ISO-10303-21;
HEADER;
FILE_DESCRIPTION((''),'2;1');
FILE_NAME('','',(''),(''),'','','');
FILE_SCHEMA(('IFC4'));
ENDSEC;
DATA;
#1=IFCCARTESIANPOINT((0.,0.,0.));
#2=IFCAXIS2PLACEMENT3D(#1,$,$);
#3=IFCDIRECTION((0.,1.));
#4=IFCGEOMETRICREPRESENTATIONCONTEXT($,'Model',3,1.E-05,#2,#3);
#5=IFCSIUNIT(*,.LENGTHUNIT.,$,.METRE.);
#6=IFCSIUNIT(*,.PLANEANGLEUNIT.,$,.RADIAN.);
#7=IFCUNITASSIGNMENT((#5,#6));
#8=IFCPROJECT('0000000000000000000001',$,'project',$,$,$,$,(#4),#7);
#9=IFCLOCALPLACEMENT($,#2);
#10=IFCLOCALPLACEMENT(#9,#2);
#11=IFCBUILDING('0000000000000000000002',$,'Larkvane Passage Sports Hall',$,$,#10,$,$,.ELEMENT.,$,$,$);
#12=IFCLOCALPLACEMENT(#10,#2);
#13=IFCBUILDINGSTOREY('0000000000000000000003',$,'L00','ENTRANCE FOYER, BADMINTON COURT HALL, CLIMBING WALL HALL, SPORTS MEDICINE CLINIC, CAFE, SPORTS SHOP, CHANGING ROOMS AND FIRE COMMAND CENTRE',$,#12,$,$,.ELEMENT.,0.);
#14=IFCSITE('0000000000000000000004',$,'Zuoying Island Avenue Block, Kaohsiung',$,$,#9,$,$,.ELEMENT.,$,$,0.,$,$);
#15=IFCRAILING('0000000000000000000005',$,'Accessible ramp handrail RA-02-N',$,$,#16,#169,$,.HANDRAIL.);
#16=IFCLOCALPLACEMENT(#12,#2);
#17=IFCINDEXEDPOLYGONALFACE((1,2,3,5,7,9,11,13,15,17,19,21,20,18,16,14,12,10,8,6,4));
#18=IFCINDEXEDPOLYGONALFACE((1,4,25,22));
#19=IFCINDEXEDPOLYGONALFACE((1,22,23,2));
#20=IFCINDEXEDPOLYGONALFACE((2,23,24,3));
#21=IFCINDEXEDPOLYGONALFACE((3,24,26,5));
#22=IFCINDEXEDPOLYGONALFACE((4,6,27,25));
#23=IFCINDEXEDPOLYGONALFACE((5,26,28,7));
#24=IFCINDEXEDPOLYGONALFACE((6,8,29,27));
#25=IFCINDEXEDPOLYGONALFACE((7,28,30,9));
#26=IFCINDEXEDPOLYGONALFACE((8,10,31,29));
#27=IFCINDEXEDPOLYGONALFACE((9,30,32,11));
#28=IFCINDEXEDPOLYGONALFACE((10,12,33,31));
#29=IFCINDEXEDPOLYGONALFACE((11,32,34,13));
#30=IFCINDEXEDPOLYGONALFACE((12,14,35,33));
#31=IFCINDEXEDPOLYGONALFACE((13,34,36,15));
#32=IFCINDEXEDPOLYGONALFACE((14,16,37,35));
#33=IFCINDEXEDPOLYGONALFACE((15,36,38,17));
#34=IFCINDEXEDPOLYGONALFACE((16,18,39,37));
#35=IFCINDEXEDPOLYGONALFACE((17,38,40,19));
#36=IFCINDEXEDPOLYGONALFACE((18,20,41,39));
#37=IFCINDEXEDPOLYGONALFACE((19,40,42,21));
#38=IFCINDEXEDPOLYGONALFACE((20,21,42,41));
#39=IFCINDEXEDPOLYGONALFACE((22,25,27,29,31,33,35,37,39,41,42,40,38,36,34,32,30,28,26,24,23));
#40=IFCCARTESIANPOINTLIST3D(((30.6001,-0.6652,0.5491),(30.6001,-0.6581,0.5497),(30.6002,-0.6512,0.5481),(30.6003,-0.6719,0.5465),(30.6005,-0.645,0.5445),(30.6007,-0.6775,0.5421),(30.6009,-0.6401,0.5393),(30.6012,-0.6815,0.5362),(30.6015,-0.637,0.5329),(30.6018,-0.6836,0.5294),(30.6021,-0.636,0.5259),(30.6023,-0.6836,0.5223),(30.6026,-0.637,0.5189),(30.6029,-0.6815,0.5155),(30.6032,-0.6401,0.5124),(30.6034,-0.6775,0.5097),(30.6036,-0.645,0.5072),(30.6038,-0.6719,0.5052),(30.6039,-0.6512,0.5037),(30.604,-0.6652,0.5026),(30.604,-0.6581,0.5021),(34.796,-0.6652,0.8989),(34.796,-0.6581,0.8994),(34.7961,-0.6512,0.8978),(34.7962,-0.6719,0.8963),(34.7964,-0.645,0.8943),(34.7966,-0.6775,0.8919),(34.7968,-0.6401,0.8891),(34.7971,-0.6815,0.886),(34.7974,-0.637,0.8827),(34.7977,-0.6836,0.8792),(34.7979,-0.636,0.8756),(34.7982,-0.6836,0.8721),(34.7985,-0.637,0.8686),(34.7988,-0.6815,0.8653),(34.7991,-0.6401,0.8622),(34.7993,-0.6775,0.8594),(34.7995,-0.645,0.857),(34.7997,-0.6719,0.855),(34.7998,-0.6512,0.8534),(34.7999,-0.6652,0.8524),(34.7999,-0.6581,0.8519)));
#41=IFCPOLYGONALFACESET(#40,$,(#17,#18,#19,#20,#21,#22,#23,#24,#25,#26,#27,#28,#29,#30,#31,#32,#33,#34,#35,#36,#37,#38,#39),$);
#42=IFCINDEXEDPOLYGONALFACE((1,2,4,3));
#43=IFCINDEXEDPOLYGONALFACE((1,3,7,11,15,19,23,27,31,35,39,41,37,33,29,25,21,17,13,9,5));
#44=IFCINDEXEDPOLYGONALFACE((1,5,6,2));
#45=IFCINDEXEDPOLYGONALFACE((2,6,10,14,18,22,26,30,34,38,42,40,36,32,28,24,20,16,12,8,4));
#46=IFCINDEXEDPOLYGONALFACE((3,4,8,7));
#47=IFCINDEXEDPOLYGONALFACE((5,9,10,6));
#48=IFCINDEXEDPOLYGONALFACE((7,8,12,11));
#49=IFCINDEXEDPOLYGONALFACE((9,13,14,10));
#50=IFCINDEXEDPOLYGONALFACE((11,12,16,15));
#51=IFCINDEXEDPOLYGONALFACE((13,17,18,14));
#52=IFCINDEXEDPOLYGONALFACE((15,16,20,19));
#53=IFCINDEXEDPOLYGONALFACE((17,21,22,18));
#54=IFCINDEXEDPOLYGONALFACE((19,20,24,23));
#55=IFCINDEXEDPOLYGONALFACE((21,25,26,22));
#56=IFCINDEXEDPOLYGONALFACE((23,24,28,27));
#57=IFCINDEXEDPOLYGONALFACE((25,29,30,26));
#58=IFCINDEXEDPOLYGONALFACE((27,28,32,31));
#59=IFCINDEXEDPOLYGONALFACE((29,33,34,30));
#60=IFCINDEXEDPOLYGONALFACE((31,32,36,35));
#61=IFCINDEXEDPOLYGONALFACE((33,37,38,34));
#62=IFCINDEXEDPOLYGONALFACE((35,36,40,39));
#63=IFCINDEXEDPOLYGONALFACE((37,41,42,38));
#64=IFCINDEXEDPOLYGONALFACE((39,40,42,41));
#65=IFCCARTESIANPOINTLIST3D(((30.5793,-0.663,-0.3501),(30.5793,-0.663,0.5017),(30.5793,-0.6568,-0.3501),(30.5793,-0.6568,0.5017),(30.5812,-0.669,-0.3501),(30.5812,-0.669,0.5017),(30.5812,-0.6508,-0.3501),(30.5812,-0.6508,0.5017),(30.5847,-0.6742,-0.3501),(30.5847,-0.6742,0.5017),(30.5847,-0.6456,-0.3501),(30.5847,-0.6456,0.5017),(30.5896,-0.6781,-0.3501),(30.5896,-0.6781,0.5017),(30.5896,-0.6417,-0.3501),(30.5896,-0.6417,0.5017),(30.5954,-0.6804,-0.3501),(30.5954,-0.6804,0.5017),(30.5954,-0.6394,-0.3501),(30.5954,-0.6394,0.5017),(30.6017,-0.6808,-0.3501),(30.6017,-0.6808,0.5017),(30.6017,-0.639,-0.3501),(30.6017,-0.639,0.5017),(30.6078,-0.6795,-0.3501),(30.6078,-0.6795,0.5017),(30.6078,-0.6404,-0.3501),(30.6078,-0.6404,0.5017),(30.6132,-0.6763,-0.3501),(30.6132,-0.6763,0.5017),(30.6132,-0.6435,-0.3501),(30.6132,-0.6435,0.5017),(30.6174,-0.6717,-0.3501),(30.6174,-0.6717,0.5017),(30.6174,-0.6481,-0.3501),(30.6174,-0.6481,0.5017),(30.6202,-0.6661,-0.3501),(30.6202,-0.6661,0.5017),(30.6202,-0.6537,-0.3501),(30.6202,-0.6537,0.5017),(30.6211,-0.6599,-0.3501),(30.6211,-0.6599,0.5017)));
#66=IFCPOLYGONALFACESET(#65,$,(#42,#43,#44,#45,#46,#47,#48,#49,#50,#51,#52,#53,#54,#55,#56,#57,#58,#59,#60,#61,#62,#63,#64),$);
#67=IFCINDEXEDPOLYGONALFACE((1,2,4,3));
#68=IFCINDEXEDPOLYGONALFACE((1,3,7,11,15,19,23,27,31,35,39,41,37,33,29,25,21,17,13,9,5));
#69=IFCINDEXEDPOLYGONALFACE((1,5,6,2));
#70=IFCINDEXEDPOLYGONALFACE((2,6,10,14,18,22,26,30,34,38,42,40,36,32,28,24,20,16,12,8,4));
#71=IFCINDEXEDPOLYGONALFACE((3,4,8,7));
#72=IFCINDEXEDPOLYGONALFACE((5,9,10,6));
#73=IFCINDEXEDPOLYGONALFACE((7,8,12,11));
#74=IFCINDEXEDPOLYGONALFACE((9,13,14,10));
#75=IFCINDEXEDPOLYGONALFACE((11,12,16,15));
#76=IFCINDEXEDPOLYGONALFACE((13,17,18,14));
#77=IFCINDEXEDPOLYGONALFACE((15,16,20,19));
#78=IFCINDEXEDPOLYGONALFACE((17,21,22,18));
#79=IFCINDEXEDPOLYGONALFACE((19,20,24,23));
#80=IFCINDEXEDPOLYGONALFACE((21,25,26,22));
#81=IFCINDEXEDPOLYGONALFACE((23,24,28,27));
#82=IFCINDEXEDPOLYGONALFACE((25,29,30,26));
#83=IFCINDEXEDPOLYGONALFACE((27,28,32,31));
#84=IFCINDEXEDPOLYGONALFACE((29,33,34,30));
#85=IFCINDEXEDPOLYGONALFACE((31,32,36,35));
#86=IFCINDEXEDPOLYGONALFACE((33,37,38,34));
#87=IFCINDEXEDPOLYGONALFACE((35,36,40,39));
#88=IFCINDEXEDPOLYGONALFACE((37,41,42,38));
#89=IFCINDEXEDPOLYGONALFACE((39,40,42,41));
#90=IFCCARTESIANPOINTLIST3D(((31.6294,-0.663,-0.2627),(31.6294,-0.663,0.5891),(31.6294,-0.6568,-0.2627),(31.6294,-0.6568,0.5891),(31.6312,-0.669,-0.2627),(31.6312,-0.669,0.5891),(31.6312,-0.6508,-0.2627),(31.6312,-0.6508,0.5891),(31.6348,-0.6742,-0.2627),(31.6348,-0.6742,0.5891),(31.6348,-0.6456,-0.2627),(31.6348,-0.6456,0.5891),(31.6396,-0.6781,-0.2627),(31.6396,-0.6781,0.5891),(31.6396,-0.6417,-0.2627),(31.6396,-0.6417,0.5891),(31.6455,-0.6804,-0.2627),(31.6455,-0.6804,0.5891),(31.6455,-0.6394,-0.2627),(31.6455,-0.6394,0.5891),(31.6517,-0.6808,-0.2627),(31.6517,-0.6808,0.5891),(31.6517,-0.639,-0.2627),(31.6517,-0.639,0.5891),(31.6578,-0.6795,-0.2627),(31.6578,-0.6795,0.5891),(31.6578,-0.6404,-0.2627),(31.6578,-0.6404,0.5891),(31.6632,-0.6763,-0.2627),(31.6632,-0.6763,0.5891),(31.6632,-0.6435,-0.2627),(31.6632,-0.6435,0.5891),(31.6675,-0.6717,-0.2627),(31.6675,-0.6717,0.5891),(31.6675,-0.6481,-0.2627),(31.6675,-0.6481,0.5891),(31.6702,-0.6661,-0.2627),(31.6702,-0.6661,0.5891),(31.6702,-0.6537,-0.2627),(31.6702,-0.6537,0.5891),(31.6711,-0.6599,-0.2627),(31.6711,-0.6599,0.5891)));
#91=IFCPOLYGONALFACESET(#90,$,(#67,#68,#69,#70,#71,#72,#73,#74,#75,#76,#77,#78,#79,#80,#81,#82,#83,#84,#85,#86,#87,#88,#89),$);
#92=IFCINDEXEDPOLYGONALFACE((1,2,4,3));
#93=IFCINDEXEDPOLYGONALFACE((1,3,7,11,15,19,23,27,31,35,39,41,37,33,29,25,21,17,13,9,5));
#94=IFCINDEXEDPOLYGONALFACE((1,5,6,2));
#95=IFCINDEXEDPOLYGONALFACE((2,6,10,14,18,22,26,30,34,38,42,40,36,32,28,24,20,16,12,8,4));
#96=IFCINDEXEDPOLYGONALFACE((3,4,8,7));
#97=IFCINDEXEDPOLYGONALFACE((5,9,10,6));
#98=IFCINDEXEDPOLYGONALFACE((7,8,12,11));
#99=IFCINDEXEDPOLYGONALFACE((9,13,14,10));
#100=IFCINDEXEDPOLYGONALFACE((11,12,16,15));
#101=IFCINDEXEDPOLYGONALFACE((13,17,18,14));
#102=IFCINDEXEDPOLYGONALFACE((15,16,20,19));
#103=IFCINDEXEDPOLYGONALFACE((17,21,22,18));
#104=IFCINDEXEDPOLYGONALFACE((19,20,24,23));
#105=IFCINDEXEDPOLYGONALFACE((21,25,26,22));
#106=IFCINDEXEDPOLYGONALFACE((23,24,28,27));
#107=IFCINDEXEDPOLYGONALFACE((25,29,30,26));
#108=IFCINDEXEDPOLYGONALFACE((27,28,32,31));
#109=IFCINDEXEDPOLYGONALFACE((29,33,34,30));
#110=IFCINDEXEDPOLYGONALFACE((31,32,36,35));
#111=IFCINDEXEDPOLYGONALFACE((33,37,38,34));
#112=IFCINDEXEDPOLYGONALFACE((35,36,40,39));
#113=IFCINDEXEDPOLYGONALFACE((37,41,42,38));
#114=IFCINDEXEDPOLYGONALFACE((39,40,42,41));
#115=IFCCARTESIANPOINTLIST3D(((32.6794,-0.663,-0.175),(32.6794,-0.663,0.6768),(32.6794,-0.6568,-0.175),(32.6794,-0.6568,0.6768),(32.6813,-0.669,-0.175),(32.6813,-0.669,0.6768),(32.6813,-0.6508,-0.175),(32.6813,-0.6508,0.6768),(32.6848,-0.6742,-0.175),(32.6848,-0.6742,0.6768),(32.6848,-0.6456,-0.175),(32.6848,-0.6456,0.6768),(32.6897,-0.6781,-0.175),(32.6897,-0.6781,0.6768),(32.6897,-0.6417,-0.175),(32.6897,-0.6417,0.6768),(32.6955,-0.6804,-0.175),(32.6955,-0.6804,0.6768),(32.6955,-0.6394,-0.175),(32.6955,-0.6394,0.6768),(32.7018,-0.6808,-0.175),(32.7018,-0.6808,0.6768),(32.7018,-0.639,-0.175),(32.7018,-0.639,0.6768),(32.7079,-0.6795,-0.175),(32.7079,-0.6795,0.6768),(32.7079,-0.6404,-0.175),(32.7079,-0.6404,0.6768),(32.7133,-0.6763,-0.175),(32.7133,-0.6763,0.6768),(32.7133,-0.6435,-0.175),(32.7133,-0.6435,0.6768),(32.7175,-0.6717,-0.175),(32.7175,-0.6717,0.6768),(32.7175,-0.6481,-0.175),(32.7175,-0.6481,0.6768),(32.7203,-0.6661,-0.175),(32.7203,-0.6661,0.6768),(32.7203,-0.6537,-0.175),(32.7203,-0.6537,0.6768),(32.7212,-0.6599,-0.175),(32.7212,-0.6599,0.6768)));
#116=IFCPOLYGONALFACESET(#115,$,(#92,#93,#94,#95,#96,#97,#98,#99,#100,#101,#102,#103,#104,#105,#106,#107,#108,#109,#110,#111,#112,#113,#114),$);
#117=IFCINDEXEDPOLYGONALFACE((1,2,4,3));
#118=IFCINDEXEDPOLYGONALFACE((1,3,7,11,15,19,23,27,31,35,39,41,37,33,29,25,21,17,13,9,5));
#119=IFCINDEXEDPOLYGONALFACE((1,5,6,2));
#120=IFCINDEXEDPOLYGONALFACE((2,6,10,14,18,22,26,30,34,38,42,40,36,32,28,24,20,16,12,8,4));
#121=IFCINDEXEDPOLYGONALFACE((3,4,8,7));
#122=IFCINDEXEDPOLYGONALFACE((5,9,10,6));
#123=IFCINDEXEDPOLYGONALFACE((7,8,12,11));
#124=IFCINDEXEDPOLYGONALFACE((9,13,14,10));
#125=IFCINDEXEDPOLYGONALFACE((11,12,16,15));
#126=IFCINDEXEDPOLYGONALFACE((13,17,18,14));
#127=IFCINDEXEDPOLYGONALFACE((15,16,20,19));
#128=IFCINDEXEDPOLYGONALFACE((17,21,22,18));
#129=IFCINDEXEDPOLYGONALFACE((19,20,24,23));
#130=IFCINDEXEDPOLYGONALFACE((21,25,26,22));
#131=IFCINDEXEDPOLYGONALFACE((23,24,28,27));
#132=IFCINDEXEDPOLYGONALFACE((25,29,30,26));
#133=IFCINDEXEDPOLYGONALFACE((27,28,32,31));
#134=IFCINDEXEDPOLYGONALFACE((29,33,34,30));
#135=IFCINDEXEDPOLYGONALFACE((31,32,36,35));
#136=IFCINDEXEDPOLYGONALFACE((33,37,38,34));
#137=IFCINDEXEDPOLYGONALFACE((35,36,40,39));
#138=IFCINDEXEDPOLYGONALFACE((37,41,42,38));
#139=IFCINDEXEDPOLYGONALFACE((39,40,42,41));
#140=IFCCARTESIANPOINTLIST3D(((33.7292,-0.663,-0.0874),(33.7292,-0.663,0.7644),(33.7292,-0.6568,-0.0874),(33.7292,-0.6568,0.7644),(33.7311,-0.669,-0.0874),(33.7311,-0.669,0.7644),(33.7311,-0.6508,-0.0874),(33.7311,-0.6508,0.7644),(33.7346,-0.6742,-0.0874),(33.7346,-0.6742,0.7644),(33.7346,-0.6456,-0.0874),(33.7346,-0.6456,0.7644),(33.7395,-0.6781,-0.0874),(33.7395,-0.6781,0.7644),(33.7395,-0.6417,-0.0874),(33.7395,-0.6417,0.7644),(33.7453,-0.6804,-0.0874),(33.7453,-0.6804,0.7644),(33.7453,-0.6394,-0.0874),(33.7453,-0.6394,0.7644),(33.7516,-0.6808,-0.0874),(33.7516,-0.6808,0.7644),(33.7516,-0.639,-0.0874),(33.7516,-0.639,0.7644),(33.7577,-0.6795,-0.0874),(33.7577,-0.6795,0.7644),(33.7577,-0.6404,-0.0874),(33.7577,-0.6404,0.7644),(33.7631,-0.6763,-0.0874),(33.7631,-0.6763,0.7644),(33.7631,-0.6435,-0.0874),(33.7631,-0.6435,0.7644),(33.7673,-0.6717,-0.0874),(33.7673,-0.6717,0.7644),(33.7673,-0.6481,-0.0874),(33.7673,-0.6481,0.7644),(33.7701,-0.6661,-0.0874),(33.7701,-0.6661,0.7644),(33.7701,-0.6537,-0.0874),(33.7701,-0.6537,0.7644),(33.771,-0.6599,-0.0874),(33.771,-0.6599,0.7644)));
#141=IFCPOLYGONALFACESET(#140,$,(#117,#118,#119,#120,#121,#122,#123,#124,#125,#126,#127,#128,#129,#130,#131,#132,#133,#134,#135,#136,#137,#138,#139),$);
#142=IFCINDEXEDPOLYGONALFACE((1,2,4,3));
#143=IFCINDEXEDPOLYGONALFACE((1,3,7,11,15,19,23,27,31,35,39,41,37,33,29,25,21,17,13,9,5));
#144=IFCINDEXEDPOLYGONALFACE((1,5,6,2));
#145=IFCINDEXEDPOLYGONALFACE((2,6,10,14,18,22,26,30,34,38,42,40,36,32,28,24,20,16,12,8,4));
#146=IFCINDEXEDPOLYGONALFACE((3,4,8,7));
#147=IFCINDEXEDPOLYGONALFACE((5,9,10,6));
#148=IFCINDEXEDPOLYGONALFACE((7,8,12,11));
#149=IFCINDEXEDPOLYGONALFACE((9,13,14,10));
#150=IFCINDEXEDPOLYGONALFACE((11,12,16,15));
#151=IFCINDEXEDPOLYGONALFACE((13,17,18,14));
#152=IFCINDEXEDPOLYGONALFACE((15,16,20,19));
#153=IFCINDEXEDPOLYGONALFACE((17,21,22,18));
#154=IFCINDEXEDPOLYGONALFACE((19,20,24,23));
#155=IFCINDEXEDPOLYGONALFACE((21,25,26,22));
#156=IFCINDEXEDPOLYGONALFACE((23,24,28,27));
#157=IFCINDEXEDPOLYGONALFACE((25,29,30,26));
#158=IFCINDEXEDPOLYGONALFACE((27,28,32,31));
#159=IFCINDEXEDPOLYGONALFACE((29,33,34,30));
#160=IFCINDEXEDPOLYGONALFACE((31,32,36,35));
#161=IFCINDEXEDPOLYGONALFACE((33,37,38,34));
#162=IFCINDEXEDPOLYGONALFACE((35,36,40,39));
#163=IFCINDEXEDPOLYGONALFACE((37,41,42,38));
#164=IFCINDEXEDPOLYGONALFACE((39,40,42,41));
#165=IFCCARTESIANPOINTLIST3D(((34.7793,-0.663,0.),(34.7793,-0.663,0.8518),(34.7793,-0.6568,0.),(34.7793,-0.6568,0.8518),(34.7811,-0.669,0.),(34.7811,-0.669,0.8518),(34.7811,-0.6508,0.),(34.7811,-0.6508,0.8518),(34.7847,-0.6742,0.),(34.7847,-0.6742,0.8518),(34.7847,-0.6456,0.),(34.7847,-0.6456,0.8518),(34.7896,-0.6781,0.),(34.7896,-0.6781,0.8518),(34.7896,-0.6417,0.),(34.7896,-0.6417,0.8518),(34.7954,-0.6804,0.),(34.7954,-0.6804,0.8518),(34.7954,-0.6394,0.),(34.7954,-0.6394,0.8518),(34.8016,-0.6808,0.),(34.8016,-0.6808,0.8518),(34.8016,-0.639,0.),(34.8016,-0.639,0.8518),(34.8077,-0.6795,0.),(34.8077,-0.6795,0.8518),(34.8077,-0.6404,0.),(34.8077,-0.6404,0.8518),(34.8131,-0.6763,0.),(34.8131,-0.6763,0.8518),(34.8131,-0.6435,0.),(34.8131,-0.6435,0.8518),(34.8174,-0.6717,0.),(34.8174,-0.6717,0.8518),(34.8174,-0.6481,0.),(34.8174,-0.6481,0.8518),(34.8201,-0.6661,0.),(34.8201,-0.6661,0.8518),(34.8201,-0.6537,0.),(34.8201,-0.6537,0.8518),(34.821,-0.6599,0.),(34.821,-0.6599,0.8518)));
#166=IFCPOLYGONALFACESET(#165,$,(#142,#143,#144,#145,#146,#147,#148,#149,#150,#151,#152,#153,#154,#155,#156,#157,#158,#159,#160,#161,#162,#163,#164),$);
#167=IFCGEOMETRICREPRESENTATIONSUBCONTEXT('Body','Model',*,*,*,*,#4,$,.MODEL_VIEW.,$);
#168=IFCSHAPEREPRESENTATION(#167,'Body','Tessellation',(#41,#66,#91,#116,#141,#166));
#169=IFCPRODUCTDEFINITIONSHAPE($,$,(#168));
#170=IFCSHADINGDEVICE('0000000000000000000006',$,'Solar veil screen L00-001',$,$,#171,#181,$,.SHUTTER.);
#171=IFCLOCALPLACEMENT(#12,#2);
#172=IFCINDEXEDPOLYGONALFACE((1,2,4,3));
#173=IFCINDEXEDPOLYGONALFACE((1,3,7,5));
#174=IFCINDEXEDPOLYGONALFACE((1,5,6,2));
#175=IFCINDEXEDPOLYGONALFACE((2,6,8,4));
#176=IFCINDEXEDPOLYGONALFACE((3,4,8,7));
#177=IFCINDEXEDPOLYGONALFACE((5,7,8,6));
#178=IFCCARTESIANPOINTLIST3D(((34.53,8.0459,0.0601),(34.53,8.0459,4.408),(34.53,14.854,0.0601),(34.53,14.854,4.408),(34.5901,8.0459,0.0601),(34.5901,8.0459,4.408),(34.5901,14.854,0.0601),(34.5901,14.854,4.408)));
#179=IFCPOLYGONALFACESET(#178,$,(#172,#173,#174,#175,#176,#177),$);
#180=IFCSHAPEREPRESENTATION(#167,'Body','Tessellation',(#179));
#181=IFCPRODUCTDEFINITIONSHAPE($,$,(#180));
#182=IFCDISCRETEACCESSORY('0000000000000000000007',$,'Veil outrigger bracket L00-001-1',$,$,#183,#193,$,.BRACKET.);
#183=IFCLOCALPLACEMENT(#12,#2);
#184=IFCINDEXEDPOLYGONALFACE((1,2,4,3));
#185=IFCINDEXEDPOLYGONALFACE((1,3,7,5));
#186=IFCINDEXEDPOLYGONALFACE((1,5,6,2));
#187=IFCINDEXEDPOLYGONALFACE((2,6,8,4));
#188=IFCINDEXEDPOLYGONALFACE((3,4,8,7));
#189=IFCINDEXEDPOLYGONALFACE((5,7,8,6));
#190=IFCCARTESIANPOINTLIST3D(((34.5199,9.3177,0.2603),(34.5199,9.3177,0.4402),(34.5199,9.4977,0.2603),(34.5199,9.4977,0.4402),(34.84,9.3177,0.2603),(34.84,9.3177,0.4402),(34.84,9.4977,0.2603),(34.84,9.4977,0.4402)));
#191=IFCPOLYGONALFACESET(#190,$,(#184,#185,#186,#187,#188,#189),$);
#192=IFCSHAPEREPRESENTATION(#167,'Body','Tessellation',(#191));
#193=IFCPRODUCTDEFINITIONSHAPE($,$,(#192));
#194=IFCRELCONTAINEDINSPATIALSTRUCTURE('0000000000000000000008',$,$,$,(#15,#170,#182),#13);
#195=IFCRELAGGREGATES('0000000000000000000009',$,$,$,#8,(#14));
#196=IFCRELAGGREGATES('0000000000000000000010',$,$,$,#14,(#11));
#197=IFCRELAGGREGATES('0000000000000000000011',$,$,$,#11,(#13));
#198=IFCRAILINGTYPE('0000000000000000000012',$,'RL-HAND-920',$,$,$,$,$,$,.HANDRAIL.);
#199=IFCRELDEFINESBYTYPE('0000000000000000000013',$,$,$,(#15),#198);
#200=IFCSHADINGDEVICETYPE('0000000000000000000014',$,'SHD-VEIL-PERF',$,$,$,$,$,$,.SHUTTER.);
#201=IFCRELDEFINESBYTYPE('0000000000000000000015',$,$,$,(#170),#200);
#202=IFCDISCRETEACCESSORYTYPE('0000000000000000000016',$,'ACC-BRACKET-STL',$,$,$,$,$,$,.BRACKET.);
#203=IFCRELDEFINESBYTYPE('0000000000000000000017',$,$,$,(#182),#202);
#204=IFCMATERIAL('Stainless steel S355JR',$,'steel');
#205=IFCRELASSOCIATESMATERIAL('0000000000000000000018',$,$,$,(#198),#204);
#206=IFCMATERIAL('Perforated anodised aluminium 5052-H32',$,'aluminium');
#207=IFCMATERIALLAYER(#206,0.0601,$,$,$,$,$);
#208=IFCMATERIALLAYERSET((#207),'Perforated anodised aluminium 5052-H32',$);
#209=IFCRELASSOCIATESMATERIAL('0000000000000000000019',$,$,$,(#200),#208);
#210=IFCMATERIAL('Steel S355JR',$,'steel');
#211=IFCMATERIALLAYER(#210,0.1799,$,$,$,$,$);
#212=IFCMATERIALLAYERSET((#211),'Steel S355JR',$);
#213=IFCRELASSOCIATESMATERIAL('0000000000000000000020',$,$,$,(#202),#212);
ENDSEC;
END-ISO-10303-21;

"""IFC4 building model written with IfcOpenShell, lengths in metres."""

from ifc_helpers import new_model, si_unit, direction, frame, origin, origin_2d, place, context, subcontext, project, spatial, rectangle, circle, extrude, material, layer, layer_set, type_object, element, save


model = new_model("IFC4")

# Units and contexts
model_context = context("Model", 3, precision=1e-05, world=origin(), true_north=direction((0.0, 1.0)))
body_context = subcontext(model_context, "Body", "Model", "MODEL_VIEW")
ifc_project = project(units=[si_unit("LENGTHUNIT", "METRE"), si_unit("PLANEANGLEUNIT", "RADIAN")], contexts=[model_context])

# Site, building, storey
site_placement = place(None, origin())
site = spatial("IfcSite", under=ifc_project, at=site_placement, Name="Zuoying Island Avenue Block, Kaohsiung", CompositionType="ELEMENT", RefElevation=0.0)
building_placement = place(site_placement, origin())
building = spatial("IfcBuilding", under=site, at=building_placement, Name="Larkvane Passage Sports Hall", CompositionType="ELEMENT")
storey_placement = place(building_placement, origin())
storey = spatial("IfcBuildingStorey", under=building, at=storey_placement, Name="L00", Description="ENTRANCE FOYER, BADMINTON COURT HALL, CLIMBING WALL HALL, SPORTS MEDICINE CLINIC, CAFE, SPORTS SHOP, CHANGING ROOMS AND FIRE COMMAND CENTRE", CompositionType="ELEMENT", Elevation=0.0)

# Railing
ifc_material_1 = material(Name="Stainless steel S355JR", Category="steel")
railing_type = type_object("IfcRailingType", Name="RL-HAND-920", PredefinedType="HANDRAIL", material=ifc_material_1)
for number, where, name in (
    (1, (30.6001, -0.6599, -0.3501), "Accessible ramp handrail RA-02-N"),
):
    element("IfcRailing", number, at=place(storey_placement, frame(where)), inside=storey, type_object=railing_type, Name=name, PredefinedType="HANDRAIL", context=body_context, shape_type="SweptSolid", body=[
        extrude(circle(Radius=0.0239, at=origin_2d()), frame((0.002, 0.0, 0.876), z_axis=(0.996544, 0.0, 0.083069), x_axis=(0.0, 1.0, 0.0)), (0.0, 0.0, 1.0), 4.2104),
        extrude(circle(Radius=0.021, at=origin_2d()), origin(), (0.0, 0.0, 1.0), 0.8518),
        extrude(circle(Radius=0.021, at=origin_2d()), frame((1.05, 0.0, 0.0874)), (0.0, 0.0, 1.0), 0.8518),
        extrude(circle(Radius=0.021, at=origin_2d()), frame((2.1001, 0.0, 0.175)), (0.0, 0.0, 1.0), 0.8518),
        extrude(circle(Radius=0.021, at=origin_2d()), frame((3.1499, 0.0, 0.2627)), (0.0, 0.0, 1.0), 0.8518),
        extrude(circle(Radius=0.021, at=origin_2d()), frame((4.2, 0.0, 0.3501)), (0.0, 0.0, 1.0), 0.8518),
    ])

# Shading device
ifc_material_2 = material(Name="Perforated anodised aluminium 5052-H32", Category="aluminium")
ifc_layer_1 = layer(ifc_material_2, 0.0601)
ifc_layer_set_1 = layer_set([ifc_layer_1], Name="Perforated anodised aluminium 5052-H32")
shading_device_type = type_object("IfcShadingDeviceType", Name="SHD-VEIL-PERF", PredefinedType="SHUTTER", material=ifc_layer_set_1)
shading_device_placement = place(storey_placement, frame((34.5601, 11.45, 0.0601), z_axis=(0.0, 0.0, 1.0), x_axis=(0.0, 1.0, 0.0)))
element("IfcShadingDevice", 2, at=shading_device_placement, inside=storey, type_object=shading_device_type, Name="Solar veil screen L00-001", PredefinedType="SHUTTER", context=body_context, shape_type="SweptSolid", body=[
    extrude(rectangle(XDim=6.8081, YDim=0.0601, at=origin_2d()), origin(), (0.0, 0.0, 1.0), 4.3479),
])

# Discrete accessory
ifc_material_3 = material(Name="Steel S355JR", Category="steel")
ifc_layer_2 = layer(ifc_material_3, 0.1799)
ifc_layer_set_2 = layer_set([ifc_layer_2], Name="Steel S355JR")
discrete_accessory_type = type_object("IfcDiscreteAccessoryType", Name="ACC-BRACKET-STL", PredefinedType="BRACKET", material=ifc_layer_set_2)
discrete_accessory_placement = place(storey_placement, frame((34.6799, 9.4077, 0.2603), z_axis=(0.0, 0.0, 1.0), x_axis=(0.0, 1.0, 0.0)))
element("IfcDiscreteAccessory", 3, at=discrete_accessory_placement, inside=storey, type_object=discrete_accessory_type, Name="Veil outrigger bracket L00-001-1", PredefinedType="BRACKET", context=body_context, shape_type="SweptSolid", body=[
    extrude(rectangle(XDim=0.1799, YDim=0.3201, at=origin_2d()), origin(), (0.0, 0.0, 1.0), 0.1799),
])

save(model, "model.ifc")
